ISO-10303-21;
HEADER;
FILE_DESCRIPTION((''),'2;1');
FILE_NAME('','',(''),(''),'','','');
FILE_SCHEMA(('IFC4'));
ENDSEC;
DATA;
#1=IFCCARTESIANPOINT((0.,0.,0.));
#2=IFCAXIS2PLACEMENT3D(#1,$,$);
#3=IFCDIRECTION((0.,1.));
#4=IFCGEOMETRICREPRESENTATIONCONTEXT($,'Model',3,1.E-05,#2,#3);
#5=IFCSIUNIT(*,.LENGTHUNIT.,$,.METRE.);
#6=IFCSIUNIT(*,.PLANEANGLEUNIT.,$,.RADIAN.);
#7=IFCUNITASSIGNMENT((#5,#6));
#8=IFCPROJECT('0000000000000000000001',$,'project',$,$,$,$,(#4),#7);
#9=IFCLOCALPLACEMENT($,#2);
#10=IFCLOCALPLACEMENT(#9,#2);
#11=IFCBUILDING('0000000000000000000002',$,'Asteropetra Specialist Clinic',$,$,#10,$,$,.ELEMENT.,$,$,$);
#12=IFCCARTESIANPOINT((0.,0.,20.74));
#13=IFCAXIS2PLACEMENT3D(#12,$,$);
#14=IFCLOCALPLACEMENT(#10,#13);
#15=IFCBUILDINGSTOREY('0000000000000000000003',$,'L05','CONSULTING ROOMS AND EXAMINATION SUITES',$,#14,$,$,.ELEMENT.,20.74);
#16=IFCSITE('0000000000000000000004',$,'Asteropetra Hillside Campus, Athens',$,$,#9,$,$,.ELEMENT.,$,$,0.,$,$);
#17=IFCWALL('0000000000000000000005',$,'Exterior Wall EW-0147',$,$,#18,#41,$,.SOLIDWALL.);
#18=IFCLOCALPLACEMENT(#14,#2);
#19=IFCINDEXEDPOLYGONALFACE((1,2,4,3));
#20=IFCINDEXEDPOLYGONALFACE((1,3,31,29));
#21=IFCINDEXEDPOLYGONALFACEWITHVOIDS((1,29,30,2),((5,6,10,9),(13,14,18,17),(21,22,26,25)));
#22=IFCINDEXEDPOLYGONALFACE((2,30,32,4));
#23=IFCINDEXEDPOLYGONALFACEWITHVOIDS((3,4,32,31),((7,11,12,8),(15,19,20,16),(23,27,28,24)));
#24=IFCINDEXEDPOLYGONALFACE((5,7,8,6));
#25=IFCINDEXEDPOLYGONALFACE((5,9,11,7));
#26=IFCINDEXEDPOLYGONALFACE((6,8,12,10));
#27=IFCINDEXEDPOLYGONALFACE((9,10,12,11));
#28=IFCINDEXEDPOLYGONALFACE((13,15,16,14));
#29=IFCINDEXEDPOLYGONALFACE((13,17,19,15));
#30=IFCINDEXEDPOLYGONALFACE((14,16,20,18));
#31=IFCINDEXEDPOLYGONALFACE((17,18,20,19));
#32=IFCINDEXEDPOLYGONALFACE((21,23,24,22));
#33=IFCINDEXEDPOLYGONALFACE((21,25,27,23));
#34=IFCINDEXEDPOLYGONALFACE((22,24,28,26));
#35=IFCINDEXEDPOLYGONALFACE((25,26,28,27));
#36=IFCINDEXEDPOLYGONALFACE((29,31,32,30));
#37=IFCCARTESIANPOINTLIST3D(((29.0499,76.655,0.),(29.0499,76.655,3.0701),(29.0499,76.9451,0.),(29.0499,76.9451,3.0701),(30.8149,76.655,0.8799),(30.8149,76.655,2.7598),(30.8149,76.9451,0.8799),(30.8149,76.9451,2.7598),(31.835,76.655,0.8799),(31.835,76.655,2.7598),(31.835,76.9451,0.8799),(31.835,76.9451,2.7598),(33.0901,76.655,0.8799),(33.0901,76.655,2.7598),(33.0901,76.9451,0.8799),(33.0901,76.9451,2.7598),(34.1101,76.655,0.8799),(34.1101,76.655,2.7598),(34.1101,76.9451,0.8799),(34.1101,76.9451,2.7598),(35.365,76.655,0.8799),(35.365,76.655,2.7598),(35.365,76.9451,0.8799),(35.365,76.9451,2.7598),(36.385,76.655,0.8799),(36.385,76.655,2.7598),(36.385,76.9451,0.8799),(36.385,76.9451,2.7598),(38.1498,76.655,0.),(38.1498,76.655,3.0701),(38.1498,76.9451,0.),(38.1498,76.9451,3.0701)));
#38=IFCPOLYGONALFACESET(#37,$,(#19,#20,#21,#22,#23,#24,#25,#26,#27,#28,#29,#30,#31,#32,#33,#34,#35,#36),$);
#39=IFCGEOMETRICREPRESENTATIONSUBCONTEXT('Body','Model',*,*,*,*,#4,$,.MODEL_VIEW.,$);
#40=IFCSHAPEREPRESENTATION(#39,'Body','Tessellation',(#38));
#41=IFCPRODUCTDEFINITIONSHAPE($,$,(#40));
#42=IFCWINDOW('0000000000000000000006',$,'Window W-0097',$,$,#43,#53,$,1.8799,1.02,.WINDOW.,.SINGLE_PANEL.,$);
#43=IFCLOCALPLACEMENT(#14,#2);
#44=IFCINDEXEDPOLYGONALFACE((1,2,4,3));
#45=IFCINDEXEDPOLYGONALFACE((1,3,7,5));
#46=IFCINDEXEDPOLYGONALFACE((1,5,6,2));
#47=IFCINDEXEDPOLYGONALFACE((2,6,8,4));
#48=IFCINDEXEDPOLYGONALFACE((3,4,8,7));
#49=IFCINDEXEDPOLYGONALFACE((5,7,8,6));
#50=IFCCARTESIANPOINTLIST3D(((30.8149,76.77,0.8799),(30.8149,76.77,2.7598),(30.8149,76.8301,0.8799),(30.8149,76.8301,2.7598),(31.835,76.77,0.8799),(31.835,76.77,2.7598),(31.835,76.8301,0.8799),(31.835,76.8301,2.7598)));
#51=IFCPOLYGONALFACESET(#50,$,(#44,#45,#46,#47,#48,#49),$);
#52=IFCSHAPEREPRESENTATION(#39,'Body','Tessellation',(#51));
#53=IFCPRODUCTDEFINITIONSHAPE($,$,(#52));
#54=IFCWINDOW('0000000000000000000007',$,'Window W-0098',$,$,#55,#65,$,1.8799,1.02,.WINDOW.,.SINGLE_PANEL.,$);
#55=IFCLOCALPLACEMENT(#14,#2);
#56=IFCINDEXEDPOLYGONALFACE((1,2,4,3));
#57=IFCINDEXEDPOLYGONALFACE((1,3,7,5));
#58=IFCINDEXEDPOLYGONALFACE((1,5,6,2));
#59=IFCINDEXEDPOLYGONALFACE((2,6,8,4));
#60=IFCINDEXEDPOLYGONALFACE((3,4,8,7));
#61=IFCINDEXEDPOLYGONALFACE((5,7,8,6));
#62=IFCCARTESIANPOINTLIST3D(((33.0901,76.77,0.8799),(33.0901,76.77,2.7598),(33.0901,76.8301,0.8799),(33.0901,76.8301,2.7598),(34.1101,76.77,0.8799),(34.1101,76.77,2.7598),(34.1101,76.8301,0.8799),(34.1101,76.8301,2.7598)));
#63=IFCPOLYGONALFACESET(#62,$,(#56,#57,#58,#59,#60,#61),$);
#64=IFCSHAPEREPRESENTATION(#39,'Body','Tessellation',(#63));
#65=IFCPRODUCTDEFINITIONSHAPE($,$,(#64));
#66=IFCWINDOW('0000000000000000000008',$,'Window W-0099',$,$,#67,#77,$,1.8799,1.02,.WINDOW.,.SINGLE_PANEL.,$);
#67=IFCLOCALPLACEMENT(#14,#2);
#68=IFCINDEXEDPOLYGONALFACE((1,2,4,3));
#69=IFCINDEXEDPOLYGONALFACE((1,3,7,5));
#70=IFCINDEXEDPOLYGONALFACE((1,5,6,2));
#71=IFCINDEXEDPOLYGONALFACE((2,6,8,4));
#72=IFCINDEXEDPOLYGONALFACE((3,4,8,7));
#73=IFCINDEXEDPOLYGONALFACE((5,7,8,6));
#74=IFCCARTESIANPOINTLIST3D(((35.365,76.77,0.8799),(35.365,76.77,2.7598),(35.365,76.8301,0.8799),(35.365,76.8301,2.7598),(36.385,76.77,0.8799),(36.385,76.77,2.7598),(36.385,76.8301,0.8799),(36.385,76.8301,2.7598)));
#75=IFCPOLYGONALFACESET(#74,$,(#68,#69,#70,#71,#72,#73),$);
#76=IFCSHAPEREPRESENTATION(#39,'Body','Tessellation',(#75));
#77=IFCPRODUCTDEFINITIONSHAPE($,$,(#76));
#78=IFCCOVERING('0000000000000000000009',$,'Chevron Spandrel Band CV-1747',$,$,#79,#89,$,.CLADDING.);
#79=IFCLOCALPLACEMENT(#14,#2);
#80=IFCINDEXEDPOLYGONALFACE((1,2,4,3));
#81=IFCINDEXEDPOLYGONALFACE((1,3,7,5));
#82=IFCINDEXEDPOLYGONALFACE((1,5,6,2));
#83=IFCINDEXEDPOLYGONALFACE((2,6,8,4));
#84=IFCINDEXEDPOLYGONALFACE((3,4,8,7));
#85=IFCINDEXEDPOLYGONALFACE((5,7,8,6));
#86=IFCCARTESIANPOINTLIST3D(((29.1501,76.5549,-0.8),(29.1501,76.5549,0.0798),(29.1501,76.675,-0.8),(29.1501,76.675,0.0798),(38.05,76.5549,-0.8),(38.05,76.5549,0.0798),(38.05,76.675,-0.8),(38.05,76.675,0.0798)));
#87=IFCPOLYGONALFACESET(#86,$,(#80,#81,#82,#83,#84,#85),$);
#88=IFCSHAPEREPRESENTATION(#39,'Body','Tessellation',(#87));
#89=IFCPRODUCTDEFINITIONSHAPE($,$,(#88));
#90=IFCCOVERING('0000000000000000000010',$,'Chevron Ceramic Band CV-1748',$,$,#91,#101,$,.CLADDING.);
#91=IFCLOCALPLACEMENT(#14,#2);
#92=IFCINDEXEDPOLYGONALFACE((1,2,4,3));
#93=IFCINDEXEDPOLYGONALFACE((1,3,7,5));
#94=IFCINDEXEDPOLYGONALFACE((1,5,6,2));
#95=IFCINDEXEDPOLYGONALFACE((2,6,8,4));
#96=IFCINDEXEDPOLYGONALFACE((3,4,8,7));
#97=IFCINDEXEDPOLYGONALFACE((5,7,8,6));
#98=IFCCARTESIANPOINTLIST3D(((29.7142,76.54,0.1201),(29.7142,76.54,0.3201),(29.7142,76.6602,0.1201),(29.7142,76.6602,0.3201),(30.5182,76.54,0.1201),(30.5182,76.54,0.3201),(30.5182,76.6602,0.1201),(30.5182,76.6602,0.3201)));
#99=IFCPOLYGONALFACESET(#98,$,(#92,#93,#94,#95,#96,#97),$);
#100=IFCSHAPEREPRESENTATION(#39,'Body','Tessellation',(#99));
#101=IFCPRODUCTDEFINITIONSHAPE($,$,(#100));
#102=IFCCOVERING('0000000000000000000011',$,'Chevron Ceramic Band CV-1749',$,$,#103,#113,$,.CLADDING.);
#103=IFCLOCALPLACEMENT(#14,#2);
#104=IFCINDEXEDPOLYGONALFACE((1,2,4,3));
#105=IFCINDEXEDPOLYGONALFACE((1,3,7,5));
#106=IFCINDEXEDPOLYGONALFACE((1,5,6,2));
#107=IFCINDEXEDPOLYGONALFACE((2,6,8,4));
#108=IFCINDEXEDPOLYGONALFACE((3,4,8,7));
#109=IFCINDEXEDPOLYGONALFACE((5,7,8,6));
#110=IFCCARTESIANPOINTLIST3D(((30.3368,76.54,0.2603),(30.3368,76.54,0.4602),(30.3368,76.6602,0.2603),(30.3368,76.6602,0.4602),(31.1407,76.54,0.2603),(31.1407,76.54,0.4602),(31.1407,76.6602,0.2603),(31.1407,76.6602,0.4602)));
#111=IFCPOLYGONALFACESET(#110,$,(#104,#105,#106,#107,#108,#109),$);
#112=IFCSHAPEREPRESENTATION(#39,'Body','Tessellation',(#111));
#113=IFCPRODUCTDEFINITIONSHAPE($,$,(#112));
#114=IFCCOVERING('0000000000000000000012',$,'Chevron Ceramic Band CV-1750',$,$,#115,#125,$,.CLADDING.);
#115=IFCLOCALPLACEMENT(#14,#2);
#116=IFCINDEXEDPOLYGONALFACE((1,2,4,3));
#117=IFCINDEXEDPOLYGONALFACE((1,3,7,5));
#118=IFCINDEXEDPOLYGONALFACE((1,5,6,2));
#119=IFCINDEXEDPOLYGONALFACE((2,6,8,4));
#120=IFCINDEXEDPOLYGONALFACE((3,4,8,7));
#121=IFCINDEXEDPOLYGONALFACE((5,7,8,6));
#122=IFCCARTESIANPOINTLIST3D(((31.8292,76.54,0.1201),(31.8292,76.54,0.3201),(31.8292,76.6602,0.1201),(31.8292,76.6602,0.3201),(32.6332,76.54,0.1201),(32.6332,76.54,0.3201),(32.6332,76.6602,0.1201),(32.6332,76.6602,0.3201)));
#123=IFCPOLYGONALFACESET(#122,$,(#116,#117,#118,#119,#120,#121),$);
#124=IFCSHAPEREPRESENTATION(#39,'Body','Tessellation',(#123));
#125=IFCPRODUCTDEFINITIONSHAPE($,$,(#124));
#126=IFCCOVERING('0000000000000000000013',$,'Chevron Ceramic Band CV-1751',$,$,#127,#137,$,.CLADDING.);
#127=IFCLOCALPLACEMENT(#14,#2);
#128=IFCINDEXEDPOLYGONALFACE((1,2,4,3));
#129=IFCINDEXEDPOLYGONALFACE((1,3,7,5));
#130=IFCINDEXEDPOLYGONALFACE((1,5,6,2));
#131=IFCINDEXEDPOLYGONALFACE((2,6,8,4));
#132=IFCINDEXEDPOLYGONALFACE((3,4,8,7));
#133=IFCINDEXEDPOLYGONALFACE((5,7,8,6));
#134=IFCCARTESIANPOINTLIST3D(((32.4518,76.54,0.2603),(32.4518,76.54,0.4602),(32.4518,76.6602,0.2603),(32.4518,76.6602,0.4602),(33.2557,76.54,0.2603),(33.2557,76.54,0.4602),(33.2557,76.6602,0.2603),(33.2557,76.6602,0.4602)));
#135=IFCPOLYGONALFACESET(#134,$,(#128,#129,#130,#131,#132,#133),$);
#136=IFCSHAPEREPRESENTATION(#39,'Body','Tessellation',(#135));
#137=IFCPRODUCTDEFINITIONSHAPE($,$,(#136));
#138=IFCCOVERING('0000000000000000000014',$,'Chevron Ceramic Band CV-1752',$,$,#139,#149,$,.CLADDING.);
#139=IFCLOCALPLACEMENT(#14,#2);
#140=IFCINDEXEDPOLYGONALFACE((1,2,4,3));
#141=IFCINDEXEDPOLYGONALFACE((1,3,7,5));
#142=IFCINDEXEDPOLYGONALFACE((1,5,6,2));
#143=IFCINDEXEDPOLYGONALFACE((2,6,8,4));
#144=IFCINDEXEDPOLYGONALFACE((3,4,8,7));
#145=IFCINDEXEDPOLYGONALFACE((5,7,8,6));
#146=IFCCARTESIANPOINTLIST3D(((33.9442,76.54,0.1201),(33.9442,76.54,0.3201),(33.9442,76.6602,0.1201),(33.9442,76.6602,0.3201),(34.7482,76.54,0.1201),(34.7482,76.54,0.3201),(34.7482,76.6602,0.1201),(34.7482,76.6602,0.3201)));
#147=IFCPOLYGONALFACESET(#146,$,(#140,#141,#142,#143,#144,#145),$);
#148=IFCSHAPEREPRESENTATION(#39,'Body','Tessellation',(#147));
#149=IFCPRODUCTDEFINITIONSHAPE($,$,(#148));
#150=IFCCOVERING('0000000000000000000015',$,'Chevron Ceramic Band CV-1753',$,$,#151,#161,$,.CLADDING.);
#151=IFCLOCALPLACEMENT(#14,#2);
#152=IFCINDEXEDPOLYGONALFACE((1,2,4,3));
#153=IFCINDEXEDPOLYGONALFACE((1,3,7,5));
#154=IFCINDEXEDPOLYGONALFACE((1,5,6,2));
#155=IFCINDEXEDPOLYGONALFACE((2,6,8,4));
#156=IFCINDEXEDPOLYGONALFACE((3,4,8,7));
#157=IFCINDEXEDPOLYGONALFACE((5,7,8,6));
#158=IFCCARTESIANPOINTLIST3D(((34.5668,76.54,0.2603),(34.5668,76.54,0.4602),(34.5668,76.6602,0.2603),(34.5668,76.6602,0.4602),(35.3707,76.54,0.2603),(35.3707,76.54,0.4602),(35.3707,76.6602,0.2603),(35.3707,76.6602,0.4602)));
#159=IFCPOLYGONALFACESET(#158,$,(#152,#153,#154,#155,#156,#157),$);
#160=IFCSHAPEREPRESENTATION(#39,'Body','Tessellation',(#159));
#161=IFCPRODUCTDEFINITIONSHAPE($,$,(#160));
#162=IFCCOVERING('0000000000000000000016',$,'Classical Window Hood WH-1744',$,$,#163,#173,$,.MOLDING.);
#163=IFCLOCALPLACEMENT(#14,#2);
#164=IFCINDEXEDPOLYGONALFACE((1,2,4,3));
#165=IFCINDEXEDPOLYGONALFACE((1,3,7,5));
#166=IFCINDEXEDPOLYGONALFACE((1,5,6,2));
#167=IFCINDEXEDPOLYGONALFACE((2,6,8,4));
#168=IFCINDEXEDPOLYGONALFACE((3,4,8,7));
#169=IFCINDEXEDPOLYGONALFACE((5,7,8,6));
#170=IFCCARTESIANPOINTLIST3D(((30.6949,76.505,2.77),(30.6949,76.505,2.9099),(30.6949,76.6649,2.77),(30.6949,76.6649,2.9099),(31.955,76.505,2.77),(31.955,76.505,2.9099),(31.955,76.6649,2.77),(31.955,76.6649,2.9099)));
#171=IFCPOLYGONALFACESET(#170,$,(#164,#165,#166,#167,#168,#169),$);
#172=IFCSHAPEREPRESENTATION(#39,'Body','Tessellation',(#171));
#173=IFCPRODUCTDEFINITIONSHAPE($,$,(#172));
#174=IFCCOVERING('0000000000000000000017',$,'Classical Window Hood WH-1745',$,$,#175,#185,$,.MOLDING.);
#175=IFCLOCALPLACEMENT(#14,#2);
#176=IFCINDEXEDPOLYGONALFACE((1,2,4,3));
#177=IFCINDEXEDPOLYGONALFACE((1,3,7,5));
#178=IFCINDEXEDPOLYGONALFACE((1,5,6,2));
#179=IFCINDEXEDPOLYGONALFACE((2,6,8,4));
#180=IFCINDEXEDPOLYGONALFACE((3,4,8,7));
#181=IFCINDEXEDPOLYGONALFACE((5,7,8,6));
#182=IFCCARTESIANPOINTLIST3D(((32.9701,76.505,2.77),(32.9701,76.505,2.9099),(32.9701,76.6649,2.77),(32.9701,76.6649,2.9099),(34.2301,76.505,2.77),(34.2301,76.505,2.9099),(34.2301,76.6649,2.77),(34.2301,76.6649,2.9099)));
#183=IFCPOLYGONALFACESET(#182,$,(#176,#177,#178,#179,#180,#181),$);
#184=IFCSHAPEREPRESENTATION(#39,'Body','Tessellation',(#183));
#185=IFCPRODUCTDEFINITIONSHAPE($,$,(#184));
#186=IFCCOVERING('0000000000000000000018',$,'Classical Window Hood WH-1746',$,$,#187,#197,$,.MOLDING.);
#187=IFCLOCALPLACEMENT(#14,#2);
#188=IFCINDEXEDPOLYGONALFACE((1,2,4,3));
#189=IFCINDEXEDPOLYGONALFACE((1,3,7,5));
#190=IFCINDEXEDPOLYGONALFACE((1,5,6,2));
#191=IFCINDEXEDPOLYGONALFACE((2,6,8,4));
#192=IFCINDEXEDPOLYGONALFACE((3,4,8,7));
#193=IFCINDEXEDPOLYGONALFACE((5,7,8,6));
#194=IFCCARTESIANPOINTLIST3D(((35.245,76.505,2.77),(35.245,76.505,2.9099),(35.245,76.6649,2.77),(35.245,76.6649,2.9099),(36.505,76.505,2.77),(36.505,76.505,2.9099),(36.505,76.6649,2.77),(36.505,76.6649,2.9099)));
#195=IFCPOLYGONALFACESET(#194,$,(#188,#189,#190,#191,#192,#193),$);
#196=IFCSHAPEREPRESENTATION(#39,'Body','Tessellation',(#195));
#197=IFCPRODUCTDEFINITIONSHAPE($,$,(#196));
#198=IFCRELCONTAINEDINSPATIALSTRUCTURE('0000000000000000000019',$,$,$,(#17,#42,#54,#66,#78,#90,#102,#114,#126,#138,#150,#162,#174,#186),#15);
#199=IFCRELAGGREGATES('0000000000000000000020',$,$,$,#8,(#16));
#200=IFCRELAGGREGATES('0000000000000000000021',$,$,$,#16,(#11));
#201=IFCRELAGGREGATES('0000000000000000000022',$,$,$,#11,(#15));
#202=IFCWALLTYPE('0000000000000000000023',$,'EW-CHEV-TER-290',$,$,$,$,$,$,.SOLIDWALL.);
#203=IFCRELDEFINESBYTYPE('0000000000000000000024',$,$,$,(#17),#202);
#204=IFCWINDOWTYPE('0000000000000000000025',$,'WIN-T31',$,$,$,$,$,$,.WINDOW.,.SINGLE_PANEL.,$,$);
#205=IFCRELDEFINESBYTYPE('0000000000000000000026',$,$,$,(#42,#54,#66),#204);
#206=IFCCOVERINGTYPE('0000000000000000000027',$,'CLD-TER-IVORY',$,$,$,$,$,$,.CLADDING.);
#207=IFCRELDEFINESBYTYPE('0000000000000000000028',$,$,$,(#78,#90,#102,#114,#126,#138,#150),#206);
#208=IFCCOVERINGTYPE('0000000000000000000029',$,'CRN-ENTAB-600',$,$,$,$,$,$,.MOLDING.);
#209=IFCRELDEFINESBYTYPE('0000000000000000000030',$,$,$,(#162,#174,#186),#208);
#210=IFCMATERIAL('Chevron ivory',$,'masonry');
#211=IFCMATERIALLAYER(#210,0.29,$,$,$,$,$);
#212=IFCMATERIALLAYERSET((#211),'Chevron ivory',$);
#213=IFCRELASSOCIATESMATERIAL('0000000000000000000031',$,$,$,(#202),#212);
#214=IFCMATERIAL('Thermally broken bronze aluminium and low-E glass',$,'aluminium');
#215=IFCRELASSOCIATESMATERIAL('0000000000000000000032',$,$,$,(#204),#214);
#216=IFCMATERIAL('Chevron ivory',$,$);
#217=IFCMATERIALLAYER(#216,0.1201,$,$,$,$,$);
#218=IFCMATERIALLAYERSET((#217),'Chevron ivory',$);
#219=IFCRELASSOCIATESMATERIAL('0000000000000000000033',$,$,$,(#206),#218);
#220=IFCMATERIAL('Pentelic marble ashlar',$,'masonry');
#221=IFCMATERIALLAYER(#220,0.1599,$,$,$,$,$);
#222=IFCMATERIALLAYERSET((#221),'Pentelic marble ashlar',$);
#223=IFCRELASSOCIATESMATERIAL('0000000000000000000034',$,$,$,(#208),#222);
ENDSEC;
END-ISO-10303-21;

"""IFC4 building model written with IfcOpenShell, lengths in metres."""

from ifc_helpers import new_model, si_unit, direction, frame, frame_2d, origin, origin_2d, place, context, subcontext, project, spatial, rectangle, extrude, material, layer, layer_set, type_object, element, fill, save


model = new_model("IFC4")

# Units and contexts
model_context = context("Model", 3, precision=1e-05, world=origin(), true_north=direction((0.0, 1.0)))
body_context = subcontext(model_context, "Body", "Model", "MODEL_VIEW")
ifc_project = project(units=[si_unit("LENGTHUNIT", "METRE"), si_unit("PLANEANGLEUNIT", "RADIAN")], contexts=[model_context])

# Site, building, storey
site_placement = place(None, origin())
site = spatial("IfcSite", under=ifc_project, at=site_placement, Name="Asteropetra Hillside Campus, Athens", CompositionType="ELEMENT", RefElevation=0.0)
building_placement = place(site_placement, origin())
building = spatial("IfcBuilding", under=site, at=building_placement, Name="Asteropetra Specialist Clinic", CompositionType="ELEMENT")
storey_placement = place(building_placement, frame((0.0, 0.0, 20.74)))
storey = spatial("IfcBuildingStorey", under=building, at=storey_placement, Name="L05", Description="CONSULTING ROOMS AND EXAMINATION SUITES", CompositionType="ELEMENT", Elevation=20.74)

# Wall, openings, windows
ifc_material_1 = material(Name="Chevron ivory", Category="masonry")
ifc_layer_1 = layer(ifc_material_1, 0.29)
ifc_layer_set_1 = layer_set([ifc_layer_1], Name="Chevron ivory")
wall_type = type_object("IfcWallType", Name="EW-CHEV-TER-290", PredefinedType="SOLIDWALL", material=ifc_layer_set_1)
wall_placement = place(storey_placement, frame((29.05, 76.8, 0.0), z_axis=(0.0, 0.0, 1.0), x_axis=(1.0, 0.0, 0.0)))
wall = element("IfcWall", 1, at=wall_placement, inside=storey, type_object=wall_type, Name="Exterior Wall EW-0147", PredefinedType="SOLIDWALL", context=body_context, shape_type="SweptSolid", body=[
    extrude(rectangle(XDim=9.0999, YDim=0.29, at=frame_2d((4.5498, 0.0))), origin(), (0.0, 0.0, 1.0), 3.0701),
])
opening_1_placement = place(wall_placement, frame((1.7649, 0.0, 0.8799)))
opening_1 = element("IfcOpeningElement", 2, at=opening_1_placement, cuts=wall, PredefinedType="OPENING", context=body_context, shape_type="SweptSolid", body=[
    extrude(rectangle(XDim=1.02, YDim=1.8799, at=frame_2d((0.51, 0.9399))), frame((0.0, 0.155, 0.0), z_axis=(0.0, -1.0, 0.0), x_axis=(1.0, 0.0, 0.0)), (0.0, 0.0, 1.0), 0.3101),
])
opening_2_placement = place(wall_placement, frame((4.04, 0.0, 0.8799)))
opening_2 = element("IfcOpeningElement", 3, at=opening_2_placement, cuts=wall, PredefinedType="OPENING", context=body_context, shape_type="SweptSolid", body=[
    extrude(rectangle(XDim=1.02, YDim=1.8799, at=frame_2d((0.51, 0.9399))), frame((0.0, 0.155, 0.0), z_axis=(0.0, -1.0, 0.0), x_axis=(1.0, 0.0, 0.0)), (0.0, 0.0, 1.0), 0.3101),
])
opening_3_placement = place(wall_placement, frame((6.3149, 0.0, 0.8799)))
opening_3 = element("IfcOpeningElement", 4, at=opening_3_placement, cuts=wall, PredefinedType="OPENING", context=body_context, shape_type="SweptSolid", body=[
    extrude(rectangle(XDim=1.02, YDim=1.8799, at=frame_2d((0.51, 0.9399))), frame((0.0, 0.155, 0.0), z_axis=(0.0, -1.0, 0.0), x_axis=(1.0, 0.0, 0.0)), (0.0, 0.0, 1.0), 0.3101),
])
ifc_material_2 = material(Name="Thermally broken bronze aluminium and low-E glass", Category="aluminium")
window_type = type_object("IfcWindowType", Name="WIN-T31", PartitioningType="SINGLE_PANEL", PredefinedType="WINDOW", material=ifc_material_2)
window_1_placement = place(opening_1_placement, origin())
window_1 = element("IfcWindow", 5, at=window_1_placement, inside=storey, type_object=window_type, Name="Window W-0097", OverallHeight=1.8799, OverallWidth=1.02, PartitioningType="SINGLE_PANEL", PredefinedType="WINDOW", context=body_context, shape_type="SweptSolid", body=[
    extrude(rectangle(XDim=1.02, YDim=1.8799, at=frame_2d((0.51, 0.9399))), frame((0.0, 0.03, 0.0), z_axis=(0.0, -1.0, 0.0), x_axis=(1.0, 0.0, 0.0)), (0.0, 0.0, 1.0), 0.0601),
])
fill(opening_1, window_1)
window_2_placement = place(opening_2_placement, origin())
window_2 = element("IfcWindow", 6, at=window_2_placement, inside=storey, type_object=window_type, Name="Window W-0098", OverallHeight=1.8799, OverallWidth=1.02, PartitioningType="SINGLE_PANEL", PredefinedType="WINDOW", context=body_context, shape_type="SweptSolid", body=[
    extrude(rectangle(XDim=1.02, YDim=1.8799, at=frame_2d((0.51, 0.9399))), frame((0.0, 0.03, 0.0), z_axis=(0.0, -1.0, 0.0), x_axis=(1.0, 0.0, 0.0)), (0.0, 0.0, 1.0), 0.0601),
])
fill(opening_2, window_2)
window_3_placement = place(opening_3_placement, origin())
window_3 = element("IfcWindow", 7, at=window_3_placement, inside=storey, type_object=window_type, Name="Window W-0099", OverallHeight=1.8799, OverallWidth=1.02, PartitioningType="SINGLE_PANEL", PredefinedType="WINDOW", context=body_context, shape_type="SweptSolid", body=[
    extrude(rectangle(XDim=1.02, YDim=1.8799, at=frame_2d((0.51, 0.9399))), frame((0.0, 0.03, 0.0), z_axis=(0.0, -1.0, 0.0), x_axis=(1.0, 0.0, 0.0)), (0.0, 0.0, 1.0), 0.0601),
])
fill(opening_3, window_3)

# Coverings
ifc_material_3 = material(Name="Chevron ivory")
ifc_layer_2 = layer(ifc_material_3, 0.1201)
ifc_layer_set_2 = layer_set([ifc_layer_2], Name="Chevron ivory")
covering_type_1 = type_object("IfcCoveringType", Name="CLD-TER-IVORY", PredefinedType="CLADDING", material=ifc_layer_set_2)
covering_placement = place(storey_placement, frame((33.6001, 76.615, -0.8), z_axis=(0.0, 0.0, 1.0), x_axis=(1.0, 0.0, 0.0)))
element("IfcCovering", 8, at=covering_placement, inside=storey, type_object=covering_type_1, Name="Chevron Spandrel Band CV-1747", PredefinedType="CLADDING", context=body_context, shape_type="SweptSolid", body=[
    extrude(rectangle(XDim=8.8999, YDim=0.1201, at=origin_2d()), origin(), (0.0, 0.0, 1.0), 0.8799),
])
for number, where, z_axis, x_axis, name in (
    (9, (30.1162, 76.6001, 0.1201), (0.0, 0.0, 1.0), (1.0, 0.0, 0.0), "Chevron Ceramic Band CV-1748"),
    (10, (30.7388, 76.6001, 0.2603), (0.0, 0.0, 1.0), (1.0, 0.0, 0.0), "Chevron Ceramic Band CV-1749"),
    (11, (32.2312, 76.6001, 0.1201), (0.0, 0.0, 1.0), (1.0, 0.0, 0.0), "Chevron Ceramic Band CV-1750"),
    (12, (32.8538, 76.6001, 0.2603), (0.0, 0.0, 1.0), (1.0, 0.0, 0.0), "Chevron Ceramic Band CV-1751"),
    (13, (34.3462, 76.6001, 0.1201), (0.0, 0.0, 1.0), (1.0, 0.0, 0.0), "Chevron Ceramic Band CV-1752"),
    (14, (34.9688, 76.6001, 0.2603), (0.0, 0.0, 1.0), (1.0, 0.0, 0.0), "Chevron Ceramic Band CV-1753"),
):
    element("IfcCovering", number, at=place(storey_placement, frame(where, z_axis=z_axis, x_axis=x_axis)), inside=storey, type_object=covering_type_1, Name=name, PredefinedType="CLADDING", context=body_context, shape_type="SweptSolid", body=[
        extrude(rectangle(XDim=0.804, YDim=0.1201, at=origin_2d()), origin(), (0.0, 0.0, 1.0), 0.2),
    ])
ifc_material_4 = material(Name="Pentelic marble ashlar", Category="masonry")
ifc_layer_3 = layer(ifc_material_4, 0.1599)
ifc_layer_set_3 = layer_set([ifc_layer_3], Name="Pentelic marble ashlar")
covering_type_2 = type_object("IfcCoveringType", Name="CRN-ENTAB-600", PredefinedType="MOLDING", material=ifc_layer_set_3)
for number, where, z_axis, x_axis, name in (
    (15, (31.325, 76.585, 2.77), (0.0, 0.0, 1.0), (1.0, 0.0, 0.0), "Classical Window Hood WH-1744"),
    (16, (33.6001, 76.585, 2.77), (0.0, 0.0, 1.0), (1.0, 0.0, 0.0), "Classical Window Hood WH-1745"),
    (17, (35.875, 76.585, 2.77), (0.0, 0.0, 1.0), (1.0, 0.0, 0.0), "Classical Window Hood WH-1746"),
):
    element("IfcCovering", number, at=place(storey_placement, frame(where, z_axis=z_axis, x_axis=x_axis)), inside=storey, type_object=covering_type_2, Name=name, PredefinedType="MOLDING", context=body_context, shape_type="SweptSolid", body=[
        extrude(rectangle(XDim=1.26, YDim=0.1599, at=origin_2d()), origin(), (0.0, 0.0, 1.0), 0.1399),
    ])

save(model, "model.ifc")
